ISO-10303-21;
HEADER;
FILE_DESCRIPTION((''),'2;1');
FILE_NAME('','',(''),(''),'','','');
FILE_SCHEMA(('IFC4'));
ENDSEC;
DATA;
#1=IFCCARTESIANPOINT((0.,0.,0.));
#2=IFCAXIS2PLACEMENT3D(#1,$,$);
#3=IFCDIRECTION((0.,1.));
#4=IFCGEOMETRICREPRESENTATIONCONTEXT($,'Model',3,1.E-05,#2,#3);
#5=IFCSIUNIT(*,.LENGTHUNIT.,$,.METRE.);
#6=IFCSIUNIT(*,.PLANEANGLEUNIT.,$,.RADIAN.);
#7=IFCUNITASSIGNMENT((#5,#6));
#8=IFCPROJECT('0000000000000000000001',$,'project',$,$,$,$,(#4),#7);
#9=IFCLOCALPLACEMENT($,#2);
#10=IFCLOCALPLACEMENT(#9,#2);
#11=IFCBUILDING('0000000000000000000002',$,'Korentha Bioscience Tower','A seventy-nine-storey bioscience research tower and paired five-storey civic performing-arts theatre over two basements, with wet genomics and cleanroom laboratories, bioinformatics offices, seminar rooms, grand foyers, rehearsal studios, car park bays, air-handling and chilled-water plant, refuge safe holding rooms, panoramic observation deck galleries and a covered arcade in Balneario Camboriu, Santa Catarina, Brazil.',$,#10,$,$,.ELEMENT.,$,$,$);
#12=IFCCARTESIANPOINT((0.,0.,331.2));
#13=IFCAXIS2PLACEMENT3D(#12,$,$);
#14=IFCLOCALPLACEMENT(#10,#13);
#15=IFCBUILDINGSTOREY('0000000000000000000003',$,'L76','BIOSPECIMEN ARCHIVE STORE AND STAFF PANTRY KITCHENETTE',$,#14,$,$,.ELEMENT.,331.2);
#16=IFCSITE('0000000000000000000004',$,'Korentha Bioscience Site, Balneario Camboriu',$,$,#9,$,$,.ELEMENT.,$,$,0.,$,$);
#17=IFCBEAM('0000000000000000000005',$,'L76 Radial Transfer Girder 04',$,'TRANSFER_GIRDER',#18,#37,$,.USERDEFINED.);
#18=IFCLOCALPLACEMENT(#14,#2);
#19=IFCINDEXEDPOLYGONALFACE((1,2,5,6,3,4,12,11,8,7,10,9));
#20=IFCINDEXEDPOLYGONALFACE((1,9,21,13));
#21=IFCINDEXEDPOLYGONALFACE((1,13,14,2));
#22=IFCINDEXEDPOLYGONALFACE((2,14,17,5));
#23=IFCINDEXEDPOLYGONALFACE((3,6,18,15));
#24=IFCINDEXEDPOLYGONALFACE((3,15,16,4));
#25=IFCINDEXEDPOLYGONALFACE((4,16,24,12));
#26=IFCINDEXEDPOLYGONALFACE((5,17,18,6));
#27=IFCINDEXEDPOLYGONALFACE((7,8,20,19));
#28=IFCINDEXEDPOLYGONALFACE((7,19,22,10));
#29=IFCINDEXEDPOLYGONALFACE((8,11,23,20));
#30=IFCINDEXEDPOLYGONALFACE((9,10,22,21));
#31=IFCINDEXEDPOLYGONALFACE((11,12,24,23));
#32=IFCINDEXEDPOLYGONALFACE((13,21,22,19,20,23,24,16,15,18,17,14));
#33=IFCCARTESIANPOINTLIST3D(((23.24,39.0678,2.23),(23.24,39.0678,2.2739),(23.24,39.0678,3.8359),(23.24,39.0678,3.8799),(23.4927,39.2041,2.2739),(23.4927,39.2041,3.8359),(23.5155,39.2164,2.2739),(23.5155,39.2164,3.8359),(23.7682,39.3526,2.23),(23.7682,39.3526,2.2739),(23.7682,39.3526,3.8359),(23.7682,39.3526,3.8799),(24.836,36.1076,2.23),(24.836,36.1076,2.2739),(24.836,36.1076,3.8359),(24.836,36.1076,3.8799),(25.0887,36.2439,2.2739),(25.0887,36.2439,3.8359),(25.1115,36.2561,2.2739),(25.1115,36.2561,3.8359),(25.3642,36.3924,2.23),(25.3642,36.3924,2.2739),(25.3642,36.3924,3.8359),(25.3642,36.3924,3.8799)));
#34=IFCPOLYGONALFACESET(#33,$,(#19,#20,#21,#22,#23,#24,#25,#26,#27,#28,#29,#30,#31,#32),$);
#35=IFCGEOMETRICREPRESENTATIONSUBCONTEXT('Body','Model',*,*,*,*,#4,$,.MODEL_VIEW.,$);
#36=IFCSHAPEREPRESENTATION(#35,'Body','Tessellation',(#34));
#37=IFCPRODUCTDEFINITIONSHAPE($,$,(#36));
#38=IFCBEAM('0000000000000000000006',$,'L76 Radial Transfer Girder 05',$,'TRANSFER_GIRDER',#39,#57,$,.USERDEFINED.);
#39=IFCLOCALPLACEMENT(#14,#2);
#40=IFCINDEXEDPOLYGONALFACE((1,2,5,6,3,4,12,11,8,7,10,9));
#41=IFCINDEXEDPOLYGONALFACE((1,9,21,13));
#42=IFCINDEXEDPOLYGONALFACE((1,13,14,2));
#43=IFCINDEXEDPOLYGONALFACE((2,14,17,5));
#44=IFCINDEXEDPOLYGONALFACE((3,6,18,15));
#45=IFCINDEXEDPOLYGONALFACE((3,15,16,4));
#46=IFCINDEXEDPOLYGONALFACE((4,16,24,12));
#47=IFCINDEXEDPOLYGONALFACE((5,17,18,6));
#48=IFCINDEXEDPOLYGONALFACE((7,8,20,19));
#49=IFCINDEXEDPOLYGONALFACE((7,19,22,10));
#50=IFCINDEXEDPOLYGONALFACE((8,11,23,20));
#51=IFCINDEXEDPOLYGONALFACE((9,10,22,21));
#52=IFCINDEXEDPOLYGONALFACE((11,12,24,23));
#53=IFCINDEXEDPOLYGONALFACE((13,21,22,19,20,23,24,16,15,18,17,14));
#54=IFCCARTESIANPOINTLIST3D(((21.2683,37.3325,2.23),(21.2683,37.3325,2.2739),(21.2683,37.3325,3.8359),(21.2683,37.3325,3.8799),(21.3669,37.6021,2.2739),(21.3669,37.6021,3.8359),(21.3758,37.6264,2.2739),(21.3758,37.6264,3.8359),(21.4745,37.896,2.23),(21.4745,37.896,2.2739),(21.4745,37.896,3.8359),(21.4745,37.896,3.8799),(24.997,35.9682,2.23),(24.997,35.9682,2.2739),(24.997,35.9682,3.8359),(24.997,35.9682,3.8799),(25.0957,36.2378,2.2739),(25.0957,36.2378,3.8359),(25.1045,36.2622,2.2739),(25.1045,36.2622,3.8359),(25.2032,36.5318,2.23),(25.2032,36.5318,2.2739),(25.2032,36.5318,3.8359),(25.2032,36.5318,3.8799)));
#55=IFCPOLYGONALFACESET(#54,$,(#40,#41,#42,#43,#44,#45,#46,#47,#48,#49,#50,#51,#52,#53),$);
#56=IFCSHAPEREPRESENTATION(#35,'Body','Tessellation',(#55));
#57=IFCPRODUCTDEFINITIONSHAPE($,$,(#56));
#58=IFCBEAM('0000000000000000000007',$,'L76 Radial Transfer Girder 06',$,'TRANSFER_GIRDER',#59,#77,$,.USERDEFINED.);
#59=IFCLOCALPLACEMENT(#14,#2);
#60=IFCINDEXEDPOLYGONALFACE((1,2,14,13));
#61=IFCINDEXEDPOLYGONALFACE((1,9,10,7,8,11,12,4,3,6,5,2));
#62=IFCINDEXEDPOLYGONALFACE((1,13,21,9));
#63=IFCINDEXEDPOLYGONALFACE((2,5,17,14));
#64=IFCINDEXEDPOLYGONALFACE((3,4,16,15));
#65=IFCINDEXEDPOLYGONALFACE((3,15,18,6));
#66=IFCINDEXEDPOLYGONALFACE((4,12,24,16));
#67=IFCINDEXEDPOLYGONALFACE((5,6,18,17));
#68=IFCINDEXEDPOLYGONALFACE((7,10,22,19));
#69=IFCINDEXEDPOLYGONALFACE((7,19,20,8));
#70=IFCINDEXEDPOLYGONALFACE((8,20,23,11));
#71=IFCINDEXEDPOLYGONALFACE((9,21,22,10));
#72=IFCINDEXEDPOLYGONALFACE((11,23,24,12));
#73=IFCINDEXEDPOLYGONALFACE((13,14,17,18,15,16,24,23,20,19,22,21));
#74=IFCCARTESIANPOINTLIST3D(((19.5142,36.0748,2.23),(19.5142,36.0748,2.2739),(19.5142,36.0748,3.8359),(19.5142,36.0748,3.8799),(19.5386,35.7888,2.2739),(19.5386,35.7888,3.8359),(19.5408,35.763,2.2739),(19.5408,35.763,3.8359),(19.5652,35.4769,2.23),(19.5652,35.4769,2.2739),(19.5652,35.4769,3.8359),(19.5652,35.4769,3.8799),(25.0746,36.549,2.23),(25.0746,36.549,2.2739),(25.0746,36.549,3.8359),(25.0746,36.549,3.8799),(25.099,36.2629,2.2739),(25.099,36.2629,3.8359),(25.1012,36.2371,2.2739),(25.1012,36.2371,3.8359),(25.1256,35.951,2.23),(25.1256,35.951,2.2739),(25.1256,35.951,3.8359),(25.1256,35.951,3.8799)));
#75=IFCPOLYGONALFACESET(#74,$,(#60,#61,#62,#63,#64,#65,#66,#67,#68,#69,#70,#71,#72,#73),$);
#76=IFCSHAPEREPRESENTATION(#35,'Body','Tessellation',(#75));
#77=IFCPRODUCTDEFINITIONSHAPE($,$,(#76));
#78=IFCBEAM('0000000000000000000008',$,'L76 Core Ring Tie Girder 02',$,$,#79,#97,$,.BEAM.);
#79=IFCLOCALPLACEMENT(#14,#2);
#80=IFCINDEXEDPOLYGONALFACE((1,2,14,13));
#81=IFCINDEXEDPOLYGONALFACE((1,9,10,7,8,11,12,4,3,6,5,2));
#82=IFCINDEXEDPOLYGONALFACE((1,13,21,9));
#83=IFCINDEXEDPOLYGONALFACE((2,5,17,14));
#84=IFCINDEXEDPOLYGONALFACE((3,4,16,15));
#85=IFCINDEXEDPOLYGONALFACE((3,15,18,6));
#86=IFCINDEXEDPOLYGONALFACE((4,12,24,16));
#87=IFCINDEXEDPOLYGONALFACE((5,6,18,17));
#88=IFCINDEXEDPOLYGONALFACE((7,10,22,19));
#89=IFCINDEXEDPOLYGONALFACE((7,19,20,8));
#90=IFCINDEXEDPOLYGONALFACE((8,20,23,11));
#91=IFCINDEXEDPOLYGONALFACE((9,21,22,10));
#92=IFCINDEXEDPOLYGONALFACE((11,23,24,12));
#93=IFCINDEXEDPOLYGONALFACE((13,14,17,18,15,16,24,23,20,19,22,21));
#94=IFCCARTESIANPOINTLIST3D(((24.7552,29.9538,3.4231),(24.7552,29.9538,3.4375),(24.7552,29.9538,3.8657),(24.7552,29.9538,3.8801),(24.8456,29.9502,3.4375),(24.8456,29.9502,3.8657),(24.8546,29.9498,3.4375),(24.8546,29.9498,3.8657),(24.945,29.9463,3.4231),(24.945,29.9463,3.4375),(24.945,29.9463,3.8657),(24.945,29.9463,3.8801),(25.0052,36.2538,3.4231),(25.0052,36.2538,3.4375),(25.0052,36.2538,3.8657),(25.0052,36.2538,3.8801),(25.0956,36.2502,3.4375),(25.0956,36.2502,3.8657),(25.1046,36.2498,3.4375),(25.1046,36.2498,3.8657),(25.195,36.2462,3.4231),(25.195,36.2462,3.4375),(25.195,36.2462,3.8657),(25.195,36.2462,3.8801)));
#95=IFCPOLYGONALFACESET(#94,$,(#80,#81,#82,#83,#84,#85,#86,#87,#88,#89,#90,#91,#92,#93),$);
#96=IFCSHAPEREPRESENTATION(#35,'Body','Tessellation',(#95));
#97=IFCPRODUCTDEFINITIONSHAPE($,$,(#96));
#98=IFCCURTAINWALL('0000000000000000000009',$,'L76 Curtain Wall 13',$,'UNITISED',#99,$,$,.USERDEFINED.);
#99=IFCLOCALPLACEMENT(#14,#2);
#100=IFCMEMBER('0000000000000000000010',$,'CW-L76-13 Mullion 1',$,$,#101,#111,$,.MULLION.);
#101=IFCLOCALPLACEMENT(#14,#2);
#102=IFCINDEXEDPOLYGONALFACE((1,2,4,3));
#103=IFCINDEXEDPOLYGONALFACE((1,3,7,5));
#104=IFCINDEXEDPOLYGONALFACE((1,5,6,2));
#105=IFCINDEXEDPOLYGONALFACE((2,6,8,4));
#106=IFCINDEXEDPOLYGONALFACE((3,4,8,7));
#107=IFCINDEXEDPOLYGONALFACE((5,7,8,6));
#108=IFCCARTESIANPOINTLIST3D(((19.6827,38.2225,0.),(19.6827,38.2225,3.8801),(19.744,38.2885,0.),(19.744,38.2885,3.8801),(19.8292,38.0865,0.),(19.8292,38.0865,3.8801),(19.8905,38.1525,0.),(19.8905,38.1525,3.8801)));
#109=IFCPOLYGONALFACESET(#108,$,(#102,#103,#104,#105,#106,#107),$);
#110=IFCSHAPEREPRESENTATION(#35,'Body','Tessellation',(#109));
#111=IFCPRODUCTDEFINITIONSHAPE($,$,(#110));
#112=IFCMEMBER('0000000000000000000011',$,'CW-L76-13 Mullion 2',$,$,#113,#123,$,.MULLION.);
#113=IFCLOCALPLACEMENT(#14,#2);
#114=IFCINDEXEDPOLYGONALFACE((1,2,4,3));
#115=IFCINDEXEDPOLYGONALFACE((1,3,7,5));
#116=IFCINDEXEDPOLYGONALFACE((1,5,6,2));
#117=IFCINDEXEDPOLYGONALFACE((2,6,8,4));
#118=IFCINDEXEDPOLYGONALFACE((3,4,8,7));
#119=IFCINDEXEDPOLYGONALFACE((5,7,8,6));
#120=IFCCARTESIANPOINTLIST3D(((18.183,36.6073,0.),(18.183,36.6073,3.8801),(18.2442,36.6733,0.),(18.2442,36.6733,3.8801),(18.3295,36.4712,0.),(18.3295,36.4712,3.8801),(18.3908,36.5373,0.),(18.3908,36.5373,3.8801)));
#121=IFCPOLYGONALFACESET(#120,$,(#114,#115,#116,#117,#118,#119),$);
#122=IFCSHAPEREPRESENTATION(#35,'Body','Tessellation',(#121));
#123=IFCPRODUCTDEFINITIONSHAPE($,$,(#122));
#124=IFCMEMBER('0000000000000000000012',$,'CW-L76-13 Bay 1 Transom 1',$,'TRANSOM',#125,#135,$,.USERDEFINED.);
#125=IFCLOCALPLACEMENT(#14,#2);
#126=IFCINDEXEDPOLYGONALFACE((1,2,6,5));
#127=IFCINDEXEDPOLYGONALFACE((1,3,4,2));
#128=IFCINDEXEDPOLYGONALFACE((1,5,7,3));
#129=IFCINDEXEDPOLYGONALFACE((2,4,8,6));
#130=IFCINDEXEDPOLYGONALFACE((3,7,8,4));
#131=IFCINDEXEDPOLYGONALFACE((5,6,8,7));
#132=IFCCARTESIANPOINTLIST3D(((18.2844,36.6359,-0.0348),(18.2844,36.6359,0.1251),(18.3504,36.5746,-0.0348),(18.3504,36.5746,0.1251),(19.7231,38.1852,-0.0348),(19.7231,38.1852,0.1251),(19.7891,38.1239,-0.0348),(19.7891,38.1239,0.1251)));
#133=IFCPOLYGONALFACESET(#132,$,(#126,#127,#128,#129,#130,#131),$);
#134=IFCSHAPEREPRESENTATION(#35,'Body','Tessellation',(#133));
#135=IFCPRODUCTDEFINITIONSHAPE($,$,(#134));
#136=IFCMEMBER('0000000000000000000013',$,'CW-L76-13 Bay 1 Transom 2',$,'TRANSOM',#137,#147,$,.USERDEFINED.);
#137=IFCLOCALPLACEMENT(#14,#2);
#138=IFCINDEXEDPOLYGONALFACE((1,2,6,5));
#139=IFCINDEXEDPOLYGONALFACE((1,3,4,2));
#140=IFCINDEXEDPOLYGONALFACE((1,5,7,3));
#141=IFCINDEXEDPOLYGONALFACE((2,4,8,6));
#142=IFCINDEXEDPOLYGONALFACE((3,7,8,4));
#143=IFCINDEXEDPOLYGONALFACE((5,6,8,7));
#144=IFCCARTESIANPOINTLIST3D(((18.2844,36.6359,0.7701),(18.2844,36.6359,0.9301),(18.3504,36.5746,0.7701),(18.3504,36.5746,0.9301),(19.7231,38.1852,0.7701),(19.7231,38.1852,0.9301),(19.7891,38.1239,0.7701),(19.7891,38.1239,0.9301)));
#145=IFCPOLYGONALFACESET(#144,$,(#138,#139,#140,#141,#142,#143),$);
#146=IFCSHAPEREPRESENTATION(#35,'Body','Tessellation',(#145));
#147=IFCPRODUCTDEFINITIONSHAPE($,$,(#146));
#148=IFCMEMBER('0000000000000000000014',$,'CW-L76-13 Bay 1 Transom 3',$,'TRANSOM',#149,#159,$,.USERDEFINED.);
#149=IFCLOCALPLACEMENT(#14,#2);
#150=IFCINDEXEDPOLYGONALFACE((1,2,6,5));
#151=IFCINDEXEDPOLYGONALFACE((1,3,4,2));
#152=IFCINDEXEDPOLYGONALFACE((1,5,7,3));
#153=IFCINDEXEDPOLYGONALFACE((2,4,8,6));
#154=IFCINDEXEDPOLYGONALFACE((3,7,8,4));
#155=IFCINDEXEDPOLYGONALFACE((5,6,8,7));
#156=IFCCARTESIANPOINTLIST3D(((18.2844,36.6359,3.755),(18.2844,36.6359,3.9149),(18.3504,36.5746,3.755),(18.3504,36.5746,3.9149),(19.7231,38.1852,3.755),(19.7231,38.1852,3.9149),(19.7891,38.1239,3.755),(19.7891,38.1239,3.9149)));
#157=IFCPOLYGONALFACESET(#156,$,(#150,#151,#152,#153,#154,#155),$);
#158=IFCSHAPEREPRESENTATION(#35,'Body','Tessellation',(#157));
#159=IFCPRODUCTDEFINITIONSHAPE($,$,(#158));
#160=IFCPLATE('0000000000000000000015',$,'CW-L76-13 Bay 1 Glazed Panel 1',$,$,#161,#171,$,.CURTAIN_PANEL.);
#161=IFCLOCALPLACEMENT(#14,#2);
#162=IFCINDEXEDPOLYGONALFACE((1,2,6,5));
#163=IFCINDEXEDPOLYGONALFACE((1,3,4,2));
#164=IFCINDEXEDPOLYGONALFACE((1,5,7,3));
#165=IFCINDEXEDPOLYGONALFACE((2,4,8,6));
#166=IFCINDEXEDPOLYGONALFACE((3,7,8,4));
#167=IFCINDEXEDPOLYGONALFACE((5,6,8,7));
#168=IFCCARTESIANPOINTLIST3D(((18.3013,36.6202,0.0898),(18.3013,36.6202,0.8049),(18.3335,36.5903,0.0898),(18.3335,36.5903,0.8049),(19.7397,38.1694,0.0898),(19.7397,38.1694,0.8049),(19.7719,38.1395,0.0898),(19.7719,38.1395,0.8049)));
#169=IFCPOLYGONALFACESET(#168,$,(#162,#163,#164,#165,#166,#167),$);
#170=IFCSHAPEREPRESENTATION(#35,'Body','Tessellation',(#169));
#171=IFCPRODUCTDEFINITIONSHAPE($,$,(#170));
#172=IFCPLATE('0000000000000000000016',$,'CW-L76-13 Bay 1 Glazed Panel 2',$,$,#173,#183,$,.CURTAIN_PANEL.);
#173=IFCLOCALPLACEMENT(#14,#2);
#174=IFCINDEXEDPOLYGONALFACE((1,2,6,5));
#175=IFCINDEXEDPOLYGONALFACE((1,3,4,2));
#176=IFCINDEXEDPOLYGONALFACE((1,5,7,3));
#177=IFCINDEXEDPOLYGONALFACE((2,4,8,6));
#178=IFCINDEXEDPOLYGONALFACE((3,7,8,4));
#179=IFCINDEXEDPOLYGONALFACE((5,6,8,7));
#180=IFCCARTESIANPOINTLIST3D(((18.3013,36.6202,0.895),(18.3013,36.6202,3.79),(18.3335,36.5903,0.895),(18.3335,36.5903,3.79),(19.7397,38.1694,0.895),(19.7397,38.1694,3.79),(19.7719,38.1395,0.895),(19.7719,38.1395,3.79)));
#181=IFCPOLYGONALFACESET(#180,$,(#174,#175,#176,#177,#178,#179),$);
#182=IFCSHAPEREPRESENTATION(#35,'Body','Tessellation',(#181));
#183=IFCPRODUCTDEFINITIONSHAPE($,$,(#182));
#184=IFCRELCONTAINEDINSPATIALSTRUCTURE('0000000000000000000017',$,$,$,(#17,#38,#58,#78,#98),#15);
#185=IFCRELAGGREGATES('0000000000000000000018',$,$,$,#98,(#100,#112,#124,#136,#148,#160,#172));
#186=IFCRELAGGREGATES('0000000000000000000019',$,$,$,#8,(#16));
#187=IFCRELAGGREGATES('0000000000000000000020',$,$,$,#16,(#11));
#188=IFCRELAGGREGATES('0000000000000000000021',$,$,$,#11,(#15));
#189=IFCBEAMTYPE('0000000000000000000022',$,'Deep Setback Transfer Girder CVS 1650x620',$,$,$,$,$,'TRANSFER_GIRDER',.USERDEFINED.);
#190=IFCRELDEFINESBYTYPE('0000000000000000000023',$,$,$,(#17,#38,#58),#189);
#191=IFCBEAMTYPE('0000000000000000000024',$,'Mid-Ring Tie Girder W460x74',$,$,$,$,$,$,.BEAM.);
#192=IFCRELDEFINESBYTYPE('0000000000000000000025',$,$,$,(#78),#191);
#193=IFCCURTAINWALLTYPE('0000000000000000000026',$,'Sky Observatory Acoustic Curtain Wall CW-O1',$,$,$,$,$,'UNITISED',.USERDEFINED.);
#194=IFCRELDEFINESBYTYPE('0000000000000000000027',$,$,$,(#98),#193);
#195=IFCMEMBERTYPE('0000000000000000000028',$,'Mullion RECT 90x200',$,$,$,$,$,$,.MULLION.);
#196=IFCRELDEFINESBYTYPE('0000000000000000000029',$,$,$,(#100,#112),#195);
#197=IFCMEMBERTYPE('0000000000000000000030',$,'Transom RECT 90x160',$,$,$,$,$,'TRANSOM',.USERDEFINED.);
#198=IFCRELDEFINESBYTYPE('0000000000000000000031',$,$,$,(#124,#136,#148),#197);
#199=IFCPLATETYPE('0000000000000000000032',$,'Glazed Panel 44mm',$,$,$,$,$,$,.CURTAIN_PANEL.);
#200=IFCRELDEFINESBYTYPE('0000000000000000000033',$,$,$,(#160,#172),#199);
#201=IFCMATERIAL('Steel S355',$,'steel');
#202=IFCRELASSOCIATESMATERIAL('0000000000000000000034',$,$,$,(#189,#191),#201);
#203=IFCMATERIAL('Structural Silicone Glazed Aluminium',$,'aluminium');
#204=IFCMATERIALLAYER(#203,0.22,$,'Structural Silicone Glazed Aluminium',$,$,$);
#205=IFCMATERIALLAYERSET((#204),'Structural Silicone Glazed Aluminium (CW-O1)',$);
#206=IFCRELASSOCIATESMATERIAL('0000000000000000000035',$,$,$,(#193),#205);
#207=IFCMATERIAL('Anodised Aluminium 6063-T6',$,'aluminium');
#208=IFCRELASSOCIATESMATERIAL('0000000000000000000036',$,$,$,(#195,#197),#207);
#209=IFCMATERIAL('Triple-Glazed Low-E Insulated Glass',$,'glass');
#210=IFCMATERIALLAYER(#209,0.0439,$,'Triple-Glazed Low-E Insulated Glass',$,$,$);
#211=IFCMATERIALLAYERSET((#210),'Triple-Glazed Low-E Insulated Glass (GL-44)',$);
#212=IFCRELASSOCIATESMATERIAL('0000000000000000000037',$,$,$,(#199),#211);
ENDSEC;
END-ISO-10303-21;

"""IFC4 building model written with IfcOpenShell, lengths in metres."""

from ifc_helpers import new_model, si_unit, direction, frame, origin, origin_2d, place, context, subcontext, project, spatial, rectangle, i_section, extrude, material, layer, layer_set, material_profile, profile_set, type_object, element, aggregate, save


model = new_model("IFC4")

# Units and contexts
model_context = context("Model", 3, precision=1e-05, world=origin(), true_north=direction((0.0, 1.0)))
body_context = subcontext(model_context, "Body", "Model", "MODEL_VIEW")
ifc_project = project(units=[si_unit("LENGTHUNIT", "METRE"), si_unit("PLANEANGLEUNIT", "RADIAN")], contexts=[model_context])

# Site, building, storey
site_placement = place(None, origin())
site = spatial("IfcSite", under=ifc_project, at=site_placement, Name="Korentha Bioscience Site, Balneario Camboriu", CompositionType="ELEMENT", RefElevation=0.0)
building_placement = place(site_placement, origin())
building = spatial("IfcBuilding", under=site, at=building_placement, Name="Korentha Bioscience Tower", Description="A seventy-nine-storey bioscience research tower and paired five-storey civic performing-arts theatre over two basements, with wet genomics and cleanroom laboratories, bioinformatics offices, seminar rooms, grand foyers, rehearsal studios, car park bays, air-handling and chilled-water plant, refuge safe holding rooms, panoramic observation deck galleries and a covered arcade in Balneario Camboriu, Santa Catarina, Brazil.", CompositionType="ELEMENT")
storey_placement = place(building_placement, frame((0.0, 0.0, 331.2)))
storey = spatial("IfcBuildingStorey", under=building, at=storey_placement, Name="L76", Description="BIOSPECIMEN ARCHIVE STORE AND STAFF PANTRY KITCHENETTE", CompositionType="ELEMENT", Elevation=331.2)

# Beams
ifc_material_1 = material(Name="Steel S355", Category="steel")
ifc_material_profile_1 = material_profile(ifc_material_1, i_section(OverallWidth=0.6001, OverallDepth=1.6499, WebThickness=0.0259, FlangeThickness=0.0439, at=origin_2d()), Name="Steel S355")
ifc_profile_set_1 = profile_set([ifc_material_profile_1], Name="Steel S355 (TG-04)")
beam_type_1 = type_object("IfcBeamType", Name="Deep Setback Transfer Girder CVS 1650x620", ElementType="TRANSFER_GIRDER", PredefinedType="USERDEFINED", material=ifc_profile_set_1)
beam_1_placement = place(storey_placement, frame((25.1001, 36.25, 3.0549), z_axis=(-0.474559, 0.880224, 0.0), x_axis=(-0.880224, -0.474559, 0.0)))
element("IfcBeam", 1, at=beam_1_placement, inside=storey, type_object=beam_type_1, Name="L76 Radial Transfer Girder 04", ObjectType="TRANSFER_GIRDER", PredefinedType="USERDEFINED", context=body_context, shape_type="SweptSolid", body=[
    extrude(i_section(OverallWidth=0.6001, OverallDepth=1.6499, WebThickness=0.0259, FlangeThickness=0.0439, at=origin_2d()), origin(), (0.0, 0.0, 1.0), 3.363),
])
beam_2_placement = place(storey_placement, frame((25.1001, 36.25, 3.0549), z_axis=(-0.939117, 0.343599, 0.0), x_axis=(-0.343599, -0.939117, 0.0)))
element("IfcBeam", 2, at=beam_2_placement, inside=storey, type_object=beam_type_1, Name="L76 Radial Transfer Girder 05", ObjectType="TRANSFER_GIRDER", PredefinedType="USERDEFINED", context=body_context, shape_type="SweptSolid", body=[
    extrude(i_section(OverallWidth=0.6001, OverallDepth=1.6499, WebThickness=0.0259, FlangeThickness=0.0439, at=origin_2d()), origin(), (0.0, 0.0, 1.0), 3.9705),
])
beam_3_placement = place(storey_placement, frame((25.1001, 36.25, 3.0549), z_axis=(-0.996384, -0.084961, 0.0), x_axis=(0.084961, -0.996384, 0.0)))
element("IfcBeam", 3, at=beam_3_placement, inside=storey, type_object=beam_type_1, Name="L76 Radial Transfer Girder 06", ObjectType="TRANSFER_GIRDER", PredefinedType="USERDEFINED", context=body_context, shape_type="SweptSolid", body=[
    extrude(i_section(OverallWidth=0.6001, OverallDepth=1.6499, WebThickness=0.0259, FlangeThickness=0.0439, at=origin_2d()), origin(), (0.0, 0.0, 1.0), 5.5806),
])
ifc_material_profile_2 = material_profile(ifc_material_1, i_section(OverallWidth=0.1899, OverallDepth=0.457, WebThickness=0.009, FlangeThickness=0.0144, at=origin_2d()), Name="Steel S355")
ifc_profile_set_2 = profile_set([ifc_material_profile_2], Name="Steel S355 (MB-460)")
beam_type_2 = type_object("IfcBeamType", Name="Mid-Ring Tie Girder W460x74", PredefinedType="BEAM", material=ifc_profile_set_2)
beam_4_placement = place(storey_placement, frame((25.1001, 36.25, 3.6516), z_axis=(-0.039651, -0.999214, 0.0), x_axis=(0.999214, -0.039651, 0.0)))
element("IfcBeam", 4, at=beam_4_placement, inside=storey, type_object=beam_type_2, Name="L76 Core Ring Tie Girder 02", PredefinedType="BEAM", context=body_context, shape_type="SweptSolid", body=[
    extrude(i_section(OverallWidth=0.1899, OverallDepth=0.457, WebThickness=0.009, FlangeThickness=0.0144, at=origin_2d()), origin(), (0.0, 0.0, 1.0), 6.3049),
])

# Curtain wall, members, plates
ifc_material_2 = material(Name="Structural Silicone Glazed Aluminium", Category="aluminium")
ifc_layer_1 = layer(ifc_material_2, 0.22, Name="Structural Silicone Glazed Aluminium")
ifc_layer_set_1 = layer_set([ifc_layer_1], Name="Structural Silicone Glazed Aluminium (CW-O1)")
curtain_wall_type = type_object("IfcCurtainWallType", Name="Sky Observatory Acoustic Curtain Wall CW-O1", ElementType="UNITISED", PredefinedType="USERDEFINED", material=ifc_layer_set_1)
curtain_wall_placement = place(storey_placement, origin())
curtain_wall = element("IfcCurtainWall", 5, at=curtain_wall_placement, inside=storey, type_object=curtain_wall_type, Name="L76 Curtain Wall 13", ObjectType="UNITISED", PredefinedType="USERDEFINED")
ifc_material_3 = material(Name="Anodised Aluminium 6063-T6", Category="aluminium")
ifc_material_profile_3 = material_profile(ifc_material_3, rectangle(XDim=0.0901, YDim=0.2, at=origin_2d()), Name="Anodised Aluminium 6063-T6")
ifc_profile_set_3 = profile_set([ifc_material_profile_3], Name="Anodised Aluminium 6063-T6 (CW-MUL)")
member_type_1 = type_object("IfcMemberType", Name="Mullion RECT 90x200", PredefinedType="MULLION", material=ifc_profile_set_3)
member_1_placement = place(storey_placement, frame((19.7866, 38.1875, 0.0), z_axis=(0.0, 0.0, 1.0), x_axis=(-0.680401, -0.73284, 0.0)))
member_1 = element("IfcMember", 6, at=member_1_placement, type_object=member_type_1, Name="CW-L76-13 Mullion 1", PredefinedType="MULLION", context=body_context, shape_type="SweptSolid", body=[
    extrude(rectangle(XDim=0.0901, YDim=0.2, at=origin_2d()), origin(), (0.0, 0.0, 1.0), 3.8801),
])
member_2_placement = place(storey_placement, frame((18.2869, 36.5723, 0.0), z_axis=(0.0, 0.0, 1.0), x_axis=(-0.680401, -0.73284, 0.0)))
member_2 = element("IfcMember", 7, at=member_2_placement, type_object=member_type_1, Name="CW-L76-13 Mullion 2", PredefinedType="MULLION", context=body_context, shape_type="SweptSolid", body=[
    extrude(rectangle(XDim=0.0901, YDim=0.2, at=origin_2d()), origin(), (0.0, 0.0, 1.0), 3.8801),
])
ifc_material_profile_4 = material_profile(ifc_material_3, rectangle(XDim=0.0901, YDim=0.1599, at=origin_2d()), Name="Anodised Aluminium 6063-T6")
ifc_profile_set_4 = profile_set([ifc_material_profile_4], Name="Anodised Aluminium 6063-T6 (CW-TRN)")
member_type_2 = type_object("IfcMemberType", Name="Transom RECT 90x160", ElementType="TRANSOM", PredefinedType="USERDEFINED", material=ifc_profile_set_4)
member_3_placement = place(storey_placement, frame((19.7561, 38.1545, 0.0452), z_axis=(-0.680469, -0.732777, 0.0), x_axis=(0.732777, -0.680469, 0.0)))
member_3 = element("IfcMember", 8, at=member_3_placement, type_object=member_type_2, Name="CW-L76-13 Bay 1 Transom 1", ObjectType="TRANSOM", PredefinedType="USERDEFINED", context=body_context, shape_type="SweptSolid", body=[
    extrude(rectangle(XDim=0.0901, YDim=0.1599, at=origin_2d()), origin(), (0.0, 0.0, 1.0), 2.1143),
])
member_4_placement = place(storey_placement, frame((19.7561, 38.1545, 0.8501), z_axis=(-0.680469, -0.732777, 0.0), x_axis=(0.732777, -0.680469, 0.0)))
member_4 = element("IfcMember", 9, at=member_4_placement, type_object=member_type_2, Name="CW-L76-13 Bay 1 Transom 2", ObjectType="TRANSOM", PredefinedType="USERDEFINED", context=body_context, shape_type="SweptSolid", body=[
    extrude(rectangle(XDim=0.0901, YDim=0.1599, at=origin_2d()), origin(), (0.0, 0.0, 1.0), 2.1143),
])
member_5_placement = place(storey_placement, frame((19.7561, 38.1545, 3.835), z_axis=(-0.680469, -0.732777, 0.0), x_axis=(0.732777, -0.680469, 0.0)))
member_5 = element("IfcMember", 10, at=member_5_placement, type_object=member_type_2, Name="CW-L76-13 Bay 1 Transom 3", ObjectType="TRANSOM", PredefinedType="USERDEFINED", context=body_context, shape_type="SweptSolid", body=[
    extrude(rectangle(XDim=0.0901, YDim=0.1599, at=origin_2d()), origin(), (0.0, 0.0, 1.0), 2.1143),
])
ifc_material_4 = material(Name="Triple-Glazed Low-E Insulated Glass", Category="glass")
ifc_layer_2 = layer(ifc_material_4, 0.0439, Name="Triple-Glazed Low-E Insulated Glass")
ifc_layer_set_2 = layer_set([ifc_layer_2], Name="Triple-Glazed Low-E Insulated Glass (GL-44)")
plate_type = type_object("IfcPlateType", Name="Glazed Panel 44mm", PredefinedType="CURTAIN_PANEL", material=ifc_layer_set_2)
plate_1_placement = place(storey_placement, frame((19.0366, 37.3799, 0.0898), z_axis=(0.0, 0.0, 1.0), x_axis=(-0.680401, -0.73284, 0.0)))
plate_1 = element("IfcPlate", 11, at=plate_1_placement, type_object=plate_type, Name="CW-L76-13 Bay 1 Glazed Panel 1", PredefinedType="CURTAIN_PANEL", context=body_context, shape_type="SweptSolid", body=[
    extrude(rectangle(XDim=2.114, YDim=0.0439, at=origin_2d()), origin(), (0.0, 0.0, 1.0), 0.7151),
])
plate_2_placement = place(storey_placement, frame((19.0366, 37.3799, 0.895), z_axis=(0.0, 0.0, 1.0), x_axis=(-0.680401, -0.73284, 0.0)))
plate_2 = element("IfcPlate", 12, at=plate_2_placement, type_object=plate_type, Name="CW-L76-13 Bay 1 Glazed Panel 2", PredefinedType="CURTAIN_PANEL", context=body_context, shape_type="SweptSolid", body=[
    extrude(rectangle(XDim=2.114, YDim=0.0439, at=origin_2d()), origin(), (0.0, 0.0, 1.0), 2.895),
])
aggregate(curtain_wall, [member_1, member_2, member_3, member_4, member_5, plate_1, plate_2])

save(model, "model.ifc")
